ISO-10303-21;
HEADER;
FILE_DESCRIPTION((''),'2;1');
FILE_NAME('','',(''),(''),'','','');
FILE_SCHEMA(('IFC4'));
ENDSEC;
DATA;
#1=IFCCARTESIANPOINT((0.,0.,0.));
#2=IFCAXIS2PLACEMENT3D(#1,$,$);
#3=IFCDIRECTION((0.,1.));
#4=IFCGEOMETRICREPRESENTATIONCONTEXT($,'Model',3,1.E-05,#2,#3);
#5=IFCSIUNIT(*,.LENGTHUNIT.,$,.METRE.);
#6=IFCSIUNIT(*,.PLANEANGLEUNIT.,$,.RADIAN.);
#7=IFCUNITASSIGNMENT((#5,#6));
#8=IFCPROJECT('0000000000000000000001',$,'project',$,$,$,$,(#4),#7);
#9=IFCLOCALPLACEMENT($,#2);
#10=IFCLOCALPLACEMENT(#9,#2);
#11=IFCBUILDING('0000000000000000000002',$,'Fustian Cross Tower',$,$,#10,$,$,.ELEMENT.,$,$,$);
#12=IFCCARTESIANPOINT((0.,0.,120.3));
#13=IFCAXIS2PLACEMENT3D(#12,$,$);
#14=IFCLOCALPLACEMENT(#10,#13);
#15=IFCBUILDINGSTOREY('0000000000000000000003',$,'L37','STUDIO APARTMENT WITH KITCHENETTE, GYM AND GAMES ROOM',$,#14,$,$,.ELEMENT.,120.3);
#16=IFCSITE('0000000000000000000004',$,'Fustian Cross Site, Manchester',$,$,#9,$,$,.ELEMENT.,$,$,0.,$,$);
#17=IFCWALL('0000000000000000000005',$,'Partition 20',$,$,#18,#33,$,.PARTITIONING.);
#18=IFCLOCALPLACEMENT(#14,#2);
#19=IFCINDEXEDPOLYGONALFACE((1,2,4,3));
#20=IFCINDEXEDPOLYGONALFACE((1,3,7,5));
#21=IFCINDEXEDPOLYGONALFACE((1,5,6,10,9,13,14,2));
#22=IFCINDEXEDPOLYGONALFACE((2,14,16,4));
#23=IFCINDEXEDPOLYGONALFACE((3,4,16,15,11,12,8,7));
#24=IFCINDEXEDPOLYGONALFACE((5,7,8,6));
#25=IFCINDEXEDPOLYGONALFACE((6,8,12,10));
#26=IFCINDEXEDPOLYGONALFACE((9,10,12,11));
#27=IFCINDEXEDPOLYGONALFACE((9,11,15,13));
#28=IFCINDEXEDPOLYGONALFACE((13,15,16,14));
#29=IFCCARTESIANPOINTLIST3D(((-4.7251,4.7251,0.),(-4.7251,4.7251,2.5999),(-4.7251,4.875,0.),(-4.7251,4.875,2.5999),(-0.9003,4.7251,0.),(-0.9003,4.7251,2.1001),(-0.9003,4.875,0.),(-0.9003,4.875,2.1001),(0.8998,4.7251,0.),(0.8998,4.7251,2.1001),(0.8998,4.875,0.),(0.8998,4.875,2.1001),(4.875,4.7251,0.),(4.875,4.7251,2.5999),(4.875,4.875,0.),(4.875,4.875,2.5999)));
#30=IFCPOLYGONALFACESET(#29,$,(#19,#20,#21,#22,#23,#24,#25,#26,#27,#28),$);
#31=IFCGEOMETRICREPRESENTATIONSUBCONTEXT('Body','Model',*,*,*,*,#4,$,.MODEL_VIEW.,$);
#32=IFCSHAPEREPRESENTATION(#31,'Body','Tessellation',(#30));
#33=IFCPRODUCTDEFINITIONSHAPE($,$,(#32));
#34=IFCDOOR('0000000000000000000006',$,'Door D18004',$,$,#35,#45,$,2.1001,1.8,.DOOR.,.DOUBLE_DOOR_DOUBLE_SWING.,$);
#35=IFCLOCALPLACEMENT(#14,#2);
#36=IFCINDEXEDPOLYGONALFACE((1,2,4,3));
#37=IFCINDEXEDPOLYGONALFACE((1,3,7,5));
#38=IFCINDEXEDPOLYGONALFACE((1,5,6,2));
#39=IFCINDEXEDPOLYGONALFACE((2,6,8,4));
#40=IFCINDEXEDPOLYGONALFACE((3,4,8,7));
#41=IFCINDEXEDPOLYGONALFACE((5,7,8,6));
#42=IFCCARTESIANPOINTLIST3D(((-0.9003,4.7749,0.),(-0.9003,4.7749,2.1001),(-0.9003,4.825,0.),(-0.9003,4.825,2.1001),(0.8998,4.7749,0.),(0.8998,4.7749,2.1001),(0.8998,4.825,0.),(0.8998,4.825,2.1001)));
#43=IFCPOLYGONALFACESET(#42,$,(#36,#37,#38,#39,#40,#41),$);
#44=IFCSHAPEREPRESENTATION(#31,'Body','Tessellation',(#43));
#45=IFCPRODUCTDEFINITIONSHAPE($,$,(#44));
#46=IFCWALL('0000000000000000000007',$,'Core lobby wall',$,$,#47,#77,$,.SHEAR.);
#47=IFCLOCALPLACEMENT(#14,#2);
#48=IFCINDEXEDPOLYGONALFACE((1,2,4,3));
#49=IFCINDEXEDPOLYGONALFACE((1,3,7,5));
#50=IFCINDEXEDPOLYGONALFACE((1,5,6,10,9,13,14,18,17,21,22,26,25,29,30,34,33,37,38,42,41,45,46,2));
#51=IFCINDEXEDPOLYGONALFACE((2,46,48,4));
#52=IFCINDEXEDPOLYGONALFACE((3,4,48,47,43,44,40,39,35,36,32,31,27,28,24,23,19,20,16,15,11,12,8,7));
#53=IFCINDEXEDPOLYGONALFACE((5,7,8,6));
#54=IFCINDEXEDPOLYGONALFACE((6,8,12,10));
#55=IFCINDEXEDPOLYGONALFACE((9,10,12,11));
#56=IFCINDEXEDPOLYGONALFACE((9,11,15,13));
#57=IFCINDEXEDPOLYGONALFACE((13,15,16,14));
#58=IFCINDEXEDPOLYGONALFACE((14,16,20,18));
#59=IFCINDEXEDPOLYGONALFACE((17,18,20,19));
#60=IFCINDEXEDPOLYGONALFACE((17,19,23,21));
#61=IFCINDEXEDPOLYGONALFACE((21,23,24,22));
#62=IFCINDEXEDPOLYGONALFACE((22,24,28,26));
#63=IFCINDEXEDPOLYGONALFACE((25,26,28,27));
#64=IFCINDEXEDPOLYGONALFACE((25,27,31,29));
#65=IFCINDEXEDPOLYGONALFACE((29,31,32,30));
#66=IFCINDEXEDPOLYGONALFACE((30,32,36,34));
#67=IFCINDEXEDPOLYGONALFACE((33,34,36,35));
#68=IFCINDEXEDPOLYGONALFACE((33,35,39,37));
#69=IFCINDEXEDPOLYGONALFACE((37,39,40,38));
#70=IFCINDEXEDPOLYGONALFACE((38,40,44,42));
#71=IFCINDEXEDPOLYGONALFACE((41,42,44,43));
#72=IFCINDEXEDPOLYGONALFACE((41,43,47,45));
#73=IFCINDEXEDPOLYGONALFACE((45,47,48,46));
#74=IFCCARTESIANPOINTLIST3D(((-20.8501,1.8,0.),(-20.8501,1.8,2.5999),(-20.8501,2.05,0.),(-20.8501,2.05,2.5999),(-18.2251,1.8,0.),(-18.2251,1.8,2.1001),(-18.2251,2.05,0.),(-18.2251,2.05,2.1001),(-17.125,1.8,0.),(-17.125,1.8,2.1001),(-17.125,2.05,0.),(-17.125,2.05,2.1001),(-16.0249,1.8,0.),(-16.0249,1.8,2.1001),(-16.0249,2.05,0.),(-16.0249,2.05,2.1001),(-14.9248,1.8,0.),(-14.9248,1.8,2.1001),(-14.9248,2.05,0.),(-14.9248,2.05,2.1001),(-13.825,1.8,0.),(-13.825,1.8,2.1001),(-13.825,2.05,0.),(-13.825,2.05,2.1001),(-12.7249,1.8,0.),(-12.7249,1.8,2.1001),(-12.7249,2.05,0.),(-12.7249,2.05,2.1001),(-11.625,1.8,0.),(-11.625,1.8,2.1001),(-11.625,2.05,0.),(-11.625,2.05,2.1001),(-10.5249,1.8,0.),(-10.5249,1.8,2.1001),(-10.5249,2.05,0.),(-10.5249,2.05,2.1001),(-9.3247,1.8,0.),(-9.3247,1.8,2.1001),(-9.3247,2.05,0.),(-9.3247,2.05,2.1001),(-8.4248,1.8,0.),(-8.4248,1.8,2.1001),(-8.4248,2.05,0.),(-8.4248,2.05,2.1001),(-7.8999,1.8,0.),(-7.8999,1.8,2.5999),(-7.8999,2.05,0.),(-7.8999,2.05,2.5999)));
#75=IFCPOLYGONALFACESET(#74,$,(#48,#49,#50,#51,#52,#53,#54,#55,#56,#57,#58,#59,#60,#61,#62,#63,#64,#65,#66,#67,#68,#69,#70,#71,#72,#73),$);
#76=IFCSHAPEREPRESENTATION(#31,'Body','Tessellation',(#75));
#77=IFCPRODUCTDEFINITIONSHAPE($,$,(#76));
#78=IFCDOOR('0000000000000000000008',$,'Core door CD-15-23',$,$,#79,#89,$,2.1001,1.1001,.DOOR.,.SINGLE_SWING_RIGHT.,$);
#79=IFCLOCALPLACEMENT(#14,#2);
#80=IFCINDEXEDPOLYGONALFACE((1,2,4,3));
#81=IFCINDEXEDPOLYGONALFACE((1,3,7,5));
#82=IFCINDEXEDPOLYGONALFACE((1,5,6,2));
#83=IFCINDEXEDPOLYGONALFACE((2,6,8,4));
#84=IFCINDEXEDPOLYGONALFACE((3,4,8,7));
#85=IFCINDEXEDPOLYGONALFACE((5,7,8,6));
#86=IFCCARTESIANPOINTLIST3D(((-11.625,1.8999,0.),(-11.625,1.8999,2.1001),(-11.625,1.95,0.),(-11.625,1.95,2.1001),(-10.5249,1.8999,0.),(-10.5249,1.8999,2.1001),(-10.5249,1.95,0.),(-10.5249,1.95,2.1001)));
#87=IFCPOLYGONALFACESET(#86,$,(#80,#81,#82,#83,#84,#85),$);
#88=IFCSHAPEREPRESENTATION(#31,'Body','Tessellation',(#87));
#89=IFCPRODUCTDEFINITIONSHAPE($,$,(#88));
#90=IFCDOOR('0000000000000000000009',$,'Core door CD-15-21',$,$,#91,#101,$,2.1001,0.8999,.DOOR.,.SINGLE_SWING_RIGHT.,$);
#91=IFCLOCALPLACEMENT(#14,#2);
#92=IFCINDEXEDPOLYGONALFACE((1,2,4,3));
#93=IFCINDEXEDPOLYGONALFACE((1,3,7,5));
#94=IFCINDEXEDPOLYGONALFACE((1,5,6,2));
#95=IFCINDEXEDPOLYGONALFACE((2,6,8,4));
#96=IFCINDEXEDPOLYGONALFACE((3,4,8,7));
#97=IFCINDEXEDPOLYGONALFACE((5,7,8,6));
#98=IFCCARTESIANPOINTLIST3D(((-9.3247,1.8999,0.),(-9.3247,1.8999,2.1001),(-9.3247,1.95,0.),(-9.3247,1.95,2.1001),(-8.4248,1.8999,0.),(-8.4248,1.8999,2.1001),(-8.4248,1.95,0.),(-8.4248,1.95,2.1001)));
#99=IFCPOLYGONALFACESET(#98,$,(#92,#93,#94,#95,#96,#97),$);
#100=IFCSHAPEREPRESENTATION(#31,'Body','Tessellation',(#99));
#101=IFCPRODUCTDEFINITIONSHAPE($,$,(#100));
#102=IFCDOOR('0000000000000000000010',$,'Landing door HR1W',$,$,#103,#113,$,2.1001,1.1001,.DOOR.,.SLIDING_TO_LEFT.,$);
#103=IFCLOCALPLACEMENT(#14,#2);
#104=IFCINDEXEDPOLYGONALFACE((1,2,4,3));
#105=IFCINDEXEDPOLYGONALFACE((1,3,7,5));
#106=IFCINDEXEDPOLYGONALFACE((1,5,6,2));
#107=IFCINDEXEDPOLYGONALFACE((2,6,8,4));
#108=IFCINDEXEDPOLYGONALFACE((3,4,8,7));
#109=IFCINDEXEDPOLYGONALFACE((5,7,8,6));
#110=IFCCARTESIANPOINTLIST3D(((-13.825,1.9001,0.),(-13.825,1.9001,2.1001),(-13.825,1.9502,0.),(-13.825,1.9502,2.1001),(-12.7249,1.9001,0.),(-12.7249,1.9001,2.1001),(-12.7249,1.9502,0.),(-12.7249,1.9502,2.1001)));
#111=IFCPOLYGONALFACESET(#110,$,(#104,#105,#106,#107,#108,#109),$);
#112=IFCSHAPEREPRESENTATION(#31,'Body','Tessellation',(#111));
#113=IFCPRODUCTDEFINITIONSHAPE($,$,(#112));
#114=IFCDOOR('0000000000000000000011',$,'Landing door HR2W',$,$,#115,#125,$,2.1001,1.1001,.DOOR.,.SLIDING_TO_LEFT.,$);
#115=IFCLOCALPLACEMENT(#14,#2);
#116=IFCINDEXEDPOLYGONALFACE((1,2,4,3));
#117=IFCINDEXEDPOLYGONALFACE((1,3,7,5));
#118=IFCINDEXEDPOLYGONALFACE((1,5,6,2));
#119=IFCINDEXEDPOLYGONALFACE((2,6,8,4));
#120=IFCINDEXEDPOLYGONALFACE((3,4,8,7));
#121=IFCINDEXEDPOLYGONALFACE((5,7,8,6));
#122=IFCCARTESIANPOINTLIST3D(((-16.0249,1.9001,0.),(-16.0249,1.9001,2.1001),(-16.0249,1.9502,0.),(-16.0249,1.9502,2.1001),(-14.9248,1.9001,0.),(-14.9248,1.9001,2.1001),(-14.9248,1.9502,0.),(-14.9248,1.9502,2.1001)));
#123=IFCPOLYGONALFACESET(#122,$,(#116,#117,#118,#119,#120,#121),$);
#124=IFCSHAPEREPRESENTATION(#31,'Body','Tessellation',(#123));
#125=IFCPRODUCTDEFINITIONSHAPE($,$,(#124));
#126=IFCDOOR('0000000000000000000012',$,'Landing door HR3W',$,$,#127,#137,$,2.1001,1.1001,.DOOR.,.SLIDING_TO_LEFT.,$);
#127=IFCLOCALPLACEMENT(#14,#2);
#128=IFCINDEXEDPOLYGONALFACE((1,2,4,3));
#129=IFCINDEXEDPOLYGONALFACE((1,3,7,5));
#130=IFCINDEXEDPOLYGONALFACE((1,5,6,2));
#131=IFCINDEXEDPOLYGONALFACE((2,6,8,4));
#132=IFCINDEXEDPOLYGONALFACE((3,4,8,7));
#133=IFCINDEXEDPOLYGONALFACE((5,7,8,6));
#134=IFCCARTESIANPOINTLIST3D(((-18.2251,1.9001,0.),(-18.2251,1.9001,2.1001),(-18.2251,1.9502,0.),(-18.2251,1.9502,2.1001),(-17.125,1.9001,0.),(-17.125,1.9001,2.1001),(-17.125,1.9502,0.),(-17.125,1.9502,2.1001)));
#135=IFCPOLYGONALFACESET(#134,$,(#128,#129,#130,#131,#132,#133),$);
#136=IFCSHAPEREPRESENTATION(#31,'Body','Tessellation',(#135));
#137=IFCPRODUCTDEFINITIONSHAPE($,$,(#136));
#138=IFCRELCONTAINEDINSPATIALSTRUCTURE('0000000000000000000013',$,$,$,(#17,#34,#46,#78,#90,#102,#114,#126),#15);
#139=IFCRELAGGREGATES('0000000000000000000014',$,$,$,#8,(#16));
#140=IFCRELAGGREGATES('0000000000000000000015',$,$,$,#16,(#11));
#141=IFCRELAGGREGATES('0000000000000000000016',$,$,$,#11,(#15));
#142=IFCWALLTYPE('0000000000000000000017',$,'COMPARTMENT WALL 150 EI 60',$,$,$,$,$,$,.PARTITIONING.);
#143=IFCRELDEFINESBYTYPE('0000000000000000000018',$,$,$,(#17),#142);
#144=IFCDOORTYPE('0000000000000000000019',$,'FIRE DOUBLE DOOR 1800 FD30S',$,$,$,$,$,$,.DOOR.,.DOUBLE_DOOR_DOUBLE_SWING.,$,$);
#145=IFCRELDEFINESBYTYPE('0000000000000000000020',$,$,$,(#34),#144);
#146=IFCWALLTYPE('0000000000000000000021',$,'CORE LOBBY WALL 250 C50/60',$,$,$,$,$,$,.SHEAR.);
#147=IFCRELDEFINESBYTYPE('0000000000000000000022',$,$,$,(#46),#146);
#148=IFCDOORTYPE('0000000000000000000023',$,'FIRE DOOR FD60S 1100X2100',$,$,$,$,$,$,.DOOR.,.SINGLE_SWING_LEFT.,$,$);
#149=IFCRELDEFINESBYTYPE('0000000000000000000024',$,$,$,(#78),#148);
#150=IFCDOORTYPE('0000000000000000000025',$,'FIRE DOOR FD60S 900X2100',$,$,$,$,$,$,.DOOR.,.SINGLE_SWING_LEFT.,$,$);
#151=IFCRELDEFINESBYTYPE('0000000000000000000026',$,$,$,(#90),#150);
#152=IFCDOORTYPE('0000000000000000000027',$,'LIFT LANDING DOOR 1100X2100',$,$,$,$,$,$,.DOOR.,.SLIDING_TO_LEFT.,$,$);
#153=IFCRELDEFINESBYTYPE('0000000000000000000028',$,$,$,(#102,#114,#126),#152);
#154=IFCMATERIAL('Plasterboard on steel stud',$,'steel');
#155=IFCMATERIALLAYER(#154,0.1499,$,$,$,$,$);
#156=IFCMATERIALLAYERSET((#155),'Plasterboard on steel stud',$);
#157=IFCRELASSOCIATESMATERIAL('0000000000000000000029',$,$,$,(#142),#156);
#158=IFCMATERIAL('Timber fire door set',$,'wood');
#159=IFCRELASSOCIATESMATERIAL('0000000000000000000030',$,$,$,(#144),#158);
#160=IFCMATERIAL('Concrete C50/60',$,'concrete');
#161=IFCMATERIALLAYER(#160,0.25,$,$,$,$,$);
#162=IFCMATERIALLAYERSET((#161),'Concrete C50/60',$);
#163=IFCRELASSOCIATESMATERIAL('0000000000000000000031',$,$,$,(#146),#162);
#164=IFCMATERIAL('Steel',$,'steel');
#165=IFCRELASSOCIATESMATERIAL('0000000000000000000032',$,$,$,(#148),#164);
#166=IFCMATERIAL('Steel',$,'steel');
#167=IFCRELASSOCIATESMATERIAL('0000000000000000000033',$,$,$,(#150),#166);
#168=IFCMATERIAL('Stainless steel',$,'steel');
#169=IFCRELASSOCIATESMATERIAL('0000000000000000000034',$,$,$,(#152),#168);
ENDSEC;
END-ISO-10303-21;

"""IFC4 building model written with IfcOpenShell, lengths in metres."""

from ifc_helpers import new_model, si_unit, direction, frame, frame_2d, origin, place, context, subcontext, project, spatial, rectangle, extrude, material, layer, layer_set, type_object, element, fill, save


model = new_model("IFC4")

# Units and contexts
model_context = context("Model", 3, precision=1e-05, world=origin(), true_north=direction((0.0, 1.0)))
body_context = subcontext(model_context, "Body", "Model", "MODEL_VIEW")
ifc_project = project(units=[si_unit("LENGTHUNIT", "METRE"), si_unit("PLANEANGLEUNIT", "RADIAN")], contexts=[model_context])

# Site, building, storey
site_placement = place(None, origin())
site = spatial("IfcSite", under=ifc_project, at=site_placement, Name="Fustian Cross Site, Manchester", CompositionType="ELEMENT", RefElevation=0.0)
building_placement = place(site_placement, origin())
building = spatial("IfcBuilding", under=site, at=building_placement, Name="Fustian Cross Tower", CompositionType="ELEMENT")
storey_placement = place(building_placement, frame((0.0, 0.0, 120.3)))
storey = spatial("IfcBuildingStorey", under=building, at=storey_placement, Name="L37", Description="STUDIO APARTMENT WITH KITCHENETTE, GYM AND GAMES ROOM", CompositionType="ELEMENT", Elevation=120.3)

# Wall, opening, door
ifc_material_1 = material(Name="Plasterboard on steel stud", Category="steel")
ifc_layer_1 = layer(ifc_material_1, 0.1499)
ifc_layer_set_1 = layer_set([ifc_layer_1], Name="Plasterboard on steel stud")
wall_type_1 = type_object("IfcWallType", Name="COMPARTMENT WALL 150 EI 60", PredefinedType="PARTITIONING", material=ifc_layer_set_1)
wall_1_placement = place(storey_placement, frame((-4.7251, 4.8, 0.0), z_axis=(0.0, 0.0, 1.0), x_axis=(1.0, 0.0, 0.0)))
wall_1 = element("IfcWall", 1, at=wall_1_placement, inside=storey, type_object=wall_type_1, Name="Partition 20", PredefinedType="PARTITIONING", context=body_context, shape_type="SweptSolid", body=[
    extrude(rectangle(XDim=9.6001, YDim=0.1499, at=frame_2d((4.8, 0.0))), origin(), (0.0, 0.0, 1.0), 2.5999),
])
opening_1_placement = place(wall_1_placement, frame((3.825, 0.0, 0.0)))
opening_1 = element("IfcOpeningElement", 2, at=opening_1_placement, cuts=wall_1, PredefinedType="OPENING", context=body_context, shape_type="SweptSolid", body=[
    extrude(rectangle(XDim=1.8, YDim=2.1001, at=frame_2d((0.8999, 1.05))), frame((0.0, 0.085, 0.0), z_axis=(0.0, -1.0, 0.0), x_axis=(1.0, 0.0, 0.0)), (0.0, 0.0, 1.0), 0.1699),
])
ifc_material_2 = material(Name="Timber fire door set", Category="wood")
door_type_1 = type_object("IfcDoorType", Name="FIRE DOUBLE DOOR 1800 FD30S", OperationType="DOUBLE_DOOR_DOUBLE_SWING", PredefinedType="DOOR", material=ifc_material_2)
door_1_placement = place(opening_1_placement, origin())
door_1 = element("IfcDoor", 3, at=door_1_placement, inside=storey, type_object=door_type_1, Name="Door D18004", OperationType="DOUBLE_DOOR_DOUBLE_SWING", OverallHeight=2.1001, OverallWidth=1.8, PredefinedType="DOOR", context=body_context, shape_type="SweptSolid", body=[
    extrude(rectangle(XDim=1.8, YDim=2.1001, at=frame_2d((0.8999, 1.05))), frame((0.0, 0.0249, 0.0), z_axis=(0.0, -1.0, 0.0), x_axis=(1.0, 0.0, 0.0)), (0.0, 0.0, 1.0), 0.05),
])
fill(opening_1, door_1)

# Wall, openings, doors
ifc_material_3 = material(Name="Concrete C50/60", Category="concrete")
ifc_layer_2 = layer(ifc_material_3, 0.25)
ifc_layer_set_2 = layer_set([ifc_layer_2], Name="Concrete C50/60")
wall_type_2 = type_object("IfcWallType", Name="CORE LOBBY WALL 250 C50/60", PredefinedType="SHEAR", material=ifc_layer_set_2)
wall_2_placement = place(storey_placement, frame((-7.8999, 1.925, 0.0), z_axis=(0.0, 0.0, 1.0), x_axis=(-1.0, 0.0, 0.0)))
wall_2 = element("IfcWall", 4, at=wall_2_placement, inside=storey, type_object=wall_type_2, Name="Core lobby wall", PredefinedType="SHEAR", context=body_context, shape_type="SweptSolid", body=[
    extrude(rectangle(XDim=12.9502, YDim=0.25, at=frame_2d((6.4751, 0.0))), origin(), (0.0, 0.0, 1.0), 2.5999),
])
opening_2_placement = place(wall_2_placement, frame((4.825, 0.0, 0.0)))
opening_2 = element("IfcOpeningElement", 5, at=opening_2_placement, cuts=wall_2, PredefinedType="OPENING", context=body_context, shape_type="SweptSolid", body=[
    extrude(rectangle(XDim=1.1001, YDim=2.1001, at=frame_2d((0.55, 1.05))), frame((0.0, 0.135, 0.0), z_axis=(0.0, -1.0, 0.0), x_axis=(1.0, 0.0, 0.0)), (0.0, 0.0, 1.0), 0.27),
])
opening_3_placement = place(wall_2_placement, frame((7.0249, 0.0, 0.0)))
opening_3 = element("IfcOpeningElement", 6, at=opening_3_placement, cuts=wall_2, PredefinedType="OPENING", context=body_context, shape_type="SweptSolid", body=[
    extrude(rectangle(XDim=1.1001, YDim=2.1001, at=frame_2d((0.55, 1.05))), frame((0.0, 0.135, 0.0), z_axis=(0.0, -1.0, 0.0), x_axis=(1.0, 0.0, 0.0)), (0.0, 0.0, 1.0), 0.27),
])
opening_4_placement = place(wall_2_placement, frame((9.2251, 0.0, 0.0)))
opening_4 = element("IfcOpeningElement", 7, at=opening_4_placement, cuts=wall_2, PredefinedType="OPENING", context=body_context, shape_type="SweptSolid", body=[
    extrude(rectangle(XDim=1.1001, YDim=2.1001, at=frame_2d((0.55, 1.05))), frame((0.0, 0.135, 0.0), z_axis=(0.0, -1.0, 0.0), x_axis=(1.0, 0.0, 0.0)), (0.0, 0.0, 1.0), 0.27),
])
opening_5_placement = place(wall_2_placement, frame((0.5249, 0.0, 0.0)))
opening_5 = element("IfcOpeningElement", 8, at=opening_5_placement, cuts=wall_2, PredefinedType="OPENING", context=body_context, shape_type="SweptSolid", body=[
    extrude(rectangle(XDim=0.8999, YDim=2.1001, at=frame_2d((0.45, 1.05))), frame((0.0, 0.135, 0.0), z_axis=(0.0, -1.0, 0.0), x_axis=(1.0, 0.0, 0.0)), (0.0, 0.0, 1.0), 0.27),
])
opening_6_placement = place(wall_2_placement, frame((2.625, 0.0, 0.0)))
opening_6 = element("IfcOpeningElement", 9, at=opening_6_placement, cuts=wall_2, PredefinedType="OPENING", context=body_context, shape_type="SweptSolid", body=[
    extrude(rectangle(XDim=1.1001, YDim=2.1001, at=frame_2d((0.55, 1.05))), frame((0.0, 0.135, 0.0), z_axis=(0.0, -1.0, 0.0), x_axis=(1.0, 0.0, 0.0)), (0.0, 0.0, 1.0), 0.27),
])
ifc_material_4 = material(Name="Steel", Category="steel")
door_type_2 = type_object("IfcDoorType", Name="FIRE DOOR FD60S 1100X2100", OperationType="SINGLE_SWING_LEFT", PredefinedType="DOOR", material=ifc_material_4)
door_2_placement = place(opening_6_placement, frame((1.1001, 0.0, 0.0), z_axis=(0.0, 0.0, 1.0), x_axis=(-1.0, 0.0, 0.0)))
door_2 = element("IfcDoor", 10, at=door_2_placement, inside=storey, type_object=door_type_2, Name="Core door CD-15-23", OperationType="SINGLE_SWING_RIGHT", OverallHeight=2.1001, OverallWidth=1.1001, PredefinedType="DOOR", context=body_context, shape_type="SweptSolid", body=[
    extrude(rectangle(XDim=1.1001, YDim=2.1001, at=frame_2d((0.55, 1.05))), frame((0.0, 0.0249, 0.0), z_axis=(0.0, -1.0, 0.0), x_axis=(1.0, 0.0, 0.0)), (0.0, 0.0, 1.0), 0.05),
])
fill(opening_6, door_2)
ifc_material_5 = material(Name="Steel", Category="steel")
door_type_3 = type_object("IfcDoorType", Name="FIRE DOOR FD60S 900X2100", OperationType="SINGLE_SWING_LEFT", PredefinedType="DOOR", material=ifc_material_5)
door_3_placement = place(opening_5_placement, frame((0.8999, 0.0, 0.0), z_axis=(0.0, 0.0, 1.0), x_axis=(-1.0, 0.0, 0.0)))
door_3 = element("IfcDoor", 11, at=door_3_placement, inside=storey, type_object=door_type_3, Name="Core door CD-15-21", OperationType="SINGLE_SWING_RIGHT", OverallHeight=2.1001, OverallWidth=0.8999, PredefinedType="DOOR", context=body_context, shape_type="SweptSolid", body=[
    extrude(rectangle(XDim=0.8999, YDim=2.1001, at=frame_2d((0.45, 1.05))), frame((0.0, 0.0249, 0.0), z_axis=(0.0, -1.0, 0.0), x_axis=(1.0, 0.0, 0.0)), (0.0, 0.0, 1.0), 0.05),
])
fill(opening_5, door_3)
ifc_material_6 = material(Name="Stainless steel", Category="steel")
door_type_4 = type_object("IfcDoorType", Name="LIFT LANDING DOOR 1100X2100", OperationType="SLIDING_TO_LEFT", PredefinedType="DOOR", material=ifc_material_6)
door_4_placement = place(opening_2_placement, origin())
door_4 = element("IfcDoor", 12, at=door_4_placement, inside=storey, type_object=door_type_4, Name="Landing door HR1W", OperationType="SLIDING_TO_LEFT", OverallHeight=2.1001, OverallWidth=1.1001, PredefinedType="DOOR", context=body_context, shape_type="SweptSolid", body=[
    extrude(rectangle(XDim=1.1001, YDim=2.1001, at=frame_2d((0.55, 1.05))), frame((0.0, 0.0249, 0.0), z_axis=(0.0, -1.0, 0.0), x_axis=(1.0, 0.0, 0.0)), (0.0, 0.0, 1.0), 0.05),
])
fill(opening_2, door_4)
door_5_placement = place(opening_3_placement, origin())
door_5 = element("IfcDoor", 13, at=door_5_placement, inside=storey, type_object=door_type_4, Name="Landing door HR2W", OperationType="SLIDING_TO_LEFT", OverallHeight=2.1001, OverallWidth=1.1001, PredefinedType="DOOR", context=body_context, shape_type="SweptSolid", body=[
    extrude(rectangle(XDim=1.1001, YDim=2.1001, at=frame_2d((0.55, 1.05))), frame((0.0, 0.0249, 0.0), z_axis=(0.0, -1.0, 0.0), x_axis=(1.0, 0.0, 0.0)), (0.0, 0.0, 1.0), 0.05),
])
fill(opening_3, door_5)
door_6_placement = place(opening_4_placement, origin())
door_6 = element("IfcDoor", 14, at=door_6_placement, inside=storey, type_object=door_type_4, Name="Landing door HR3W", OperationType="SLIDING_TO_LEFT", OverallHeight=2.1001, OverallWidth=1.1001, PredefinedType="DOOR", context=body_context, shape_type="SweptSolid", body=[
    extrude(rectangle(XDim=1.1001, YDim=2.1001, at=frame_2d((0.55, 1.05))), frame((0.0, 0.0249, 0.0), z_axis=(0.0, -1.0, 0.0), x_axis=(1.0, 0.0, 0.0)), (0.0, 0.0, 1.0), 0.05),
])
fill(opening_4, door_6)

save(model, "model.ifc")
